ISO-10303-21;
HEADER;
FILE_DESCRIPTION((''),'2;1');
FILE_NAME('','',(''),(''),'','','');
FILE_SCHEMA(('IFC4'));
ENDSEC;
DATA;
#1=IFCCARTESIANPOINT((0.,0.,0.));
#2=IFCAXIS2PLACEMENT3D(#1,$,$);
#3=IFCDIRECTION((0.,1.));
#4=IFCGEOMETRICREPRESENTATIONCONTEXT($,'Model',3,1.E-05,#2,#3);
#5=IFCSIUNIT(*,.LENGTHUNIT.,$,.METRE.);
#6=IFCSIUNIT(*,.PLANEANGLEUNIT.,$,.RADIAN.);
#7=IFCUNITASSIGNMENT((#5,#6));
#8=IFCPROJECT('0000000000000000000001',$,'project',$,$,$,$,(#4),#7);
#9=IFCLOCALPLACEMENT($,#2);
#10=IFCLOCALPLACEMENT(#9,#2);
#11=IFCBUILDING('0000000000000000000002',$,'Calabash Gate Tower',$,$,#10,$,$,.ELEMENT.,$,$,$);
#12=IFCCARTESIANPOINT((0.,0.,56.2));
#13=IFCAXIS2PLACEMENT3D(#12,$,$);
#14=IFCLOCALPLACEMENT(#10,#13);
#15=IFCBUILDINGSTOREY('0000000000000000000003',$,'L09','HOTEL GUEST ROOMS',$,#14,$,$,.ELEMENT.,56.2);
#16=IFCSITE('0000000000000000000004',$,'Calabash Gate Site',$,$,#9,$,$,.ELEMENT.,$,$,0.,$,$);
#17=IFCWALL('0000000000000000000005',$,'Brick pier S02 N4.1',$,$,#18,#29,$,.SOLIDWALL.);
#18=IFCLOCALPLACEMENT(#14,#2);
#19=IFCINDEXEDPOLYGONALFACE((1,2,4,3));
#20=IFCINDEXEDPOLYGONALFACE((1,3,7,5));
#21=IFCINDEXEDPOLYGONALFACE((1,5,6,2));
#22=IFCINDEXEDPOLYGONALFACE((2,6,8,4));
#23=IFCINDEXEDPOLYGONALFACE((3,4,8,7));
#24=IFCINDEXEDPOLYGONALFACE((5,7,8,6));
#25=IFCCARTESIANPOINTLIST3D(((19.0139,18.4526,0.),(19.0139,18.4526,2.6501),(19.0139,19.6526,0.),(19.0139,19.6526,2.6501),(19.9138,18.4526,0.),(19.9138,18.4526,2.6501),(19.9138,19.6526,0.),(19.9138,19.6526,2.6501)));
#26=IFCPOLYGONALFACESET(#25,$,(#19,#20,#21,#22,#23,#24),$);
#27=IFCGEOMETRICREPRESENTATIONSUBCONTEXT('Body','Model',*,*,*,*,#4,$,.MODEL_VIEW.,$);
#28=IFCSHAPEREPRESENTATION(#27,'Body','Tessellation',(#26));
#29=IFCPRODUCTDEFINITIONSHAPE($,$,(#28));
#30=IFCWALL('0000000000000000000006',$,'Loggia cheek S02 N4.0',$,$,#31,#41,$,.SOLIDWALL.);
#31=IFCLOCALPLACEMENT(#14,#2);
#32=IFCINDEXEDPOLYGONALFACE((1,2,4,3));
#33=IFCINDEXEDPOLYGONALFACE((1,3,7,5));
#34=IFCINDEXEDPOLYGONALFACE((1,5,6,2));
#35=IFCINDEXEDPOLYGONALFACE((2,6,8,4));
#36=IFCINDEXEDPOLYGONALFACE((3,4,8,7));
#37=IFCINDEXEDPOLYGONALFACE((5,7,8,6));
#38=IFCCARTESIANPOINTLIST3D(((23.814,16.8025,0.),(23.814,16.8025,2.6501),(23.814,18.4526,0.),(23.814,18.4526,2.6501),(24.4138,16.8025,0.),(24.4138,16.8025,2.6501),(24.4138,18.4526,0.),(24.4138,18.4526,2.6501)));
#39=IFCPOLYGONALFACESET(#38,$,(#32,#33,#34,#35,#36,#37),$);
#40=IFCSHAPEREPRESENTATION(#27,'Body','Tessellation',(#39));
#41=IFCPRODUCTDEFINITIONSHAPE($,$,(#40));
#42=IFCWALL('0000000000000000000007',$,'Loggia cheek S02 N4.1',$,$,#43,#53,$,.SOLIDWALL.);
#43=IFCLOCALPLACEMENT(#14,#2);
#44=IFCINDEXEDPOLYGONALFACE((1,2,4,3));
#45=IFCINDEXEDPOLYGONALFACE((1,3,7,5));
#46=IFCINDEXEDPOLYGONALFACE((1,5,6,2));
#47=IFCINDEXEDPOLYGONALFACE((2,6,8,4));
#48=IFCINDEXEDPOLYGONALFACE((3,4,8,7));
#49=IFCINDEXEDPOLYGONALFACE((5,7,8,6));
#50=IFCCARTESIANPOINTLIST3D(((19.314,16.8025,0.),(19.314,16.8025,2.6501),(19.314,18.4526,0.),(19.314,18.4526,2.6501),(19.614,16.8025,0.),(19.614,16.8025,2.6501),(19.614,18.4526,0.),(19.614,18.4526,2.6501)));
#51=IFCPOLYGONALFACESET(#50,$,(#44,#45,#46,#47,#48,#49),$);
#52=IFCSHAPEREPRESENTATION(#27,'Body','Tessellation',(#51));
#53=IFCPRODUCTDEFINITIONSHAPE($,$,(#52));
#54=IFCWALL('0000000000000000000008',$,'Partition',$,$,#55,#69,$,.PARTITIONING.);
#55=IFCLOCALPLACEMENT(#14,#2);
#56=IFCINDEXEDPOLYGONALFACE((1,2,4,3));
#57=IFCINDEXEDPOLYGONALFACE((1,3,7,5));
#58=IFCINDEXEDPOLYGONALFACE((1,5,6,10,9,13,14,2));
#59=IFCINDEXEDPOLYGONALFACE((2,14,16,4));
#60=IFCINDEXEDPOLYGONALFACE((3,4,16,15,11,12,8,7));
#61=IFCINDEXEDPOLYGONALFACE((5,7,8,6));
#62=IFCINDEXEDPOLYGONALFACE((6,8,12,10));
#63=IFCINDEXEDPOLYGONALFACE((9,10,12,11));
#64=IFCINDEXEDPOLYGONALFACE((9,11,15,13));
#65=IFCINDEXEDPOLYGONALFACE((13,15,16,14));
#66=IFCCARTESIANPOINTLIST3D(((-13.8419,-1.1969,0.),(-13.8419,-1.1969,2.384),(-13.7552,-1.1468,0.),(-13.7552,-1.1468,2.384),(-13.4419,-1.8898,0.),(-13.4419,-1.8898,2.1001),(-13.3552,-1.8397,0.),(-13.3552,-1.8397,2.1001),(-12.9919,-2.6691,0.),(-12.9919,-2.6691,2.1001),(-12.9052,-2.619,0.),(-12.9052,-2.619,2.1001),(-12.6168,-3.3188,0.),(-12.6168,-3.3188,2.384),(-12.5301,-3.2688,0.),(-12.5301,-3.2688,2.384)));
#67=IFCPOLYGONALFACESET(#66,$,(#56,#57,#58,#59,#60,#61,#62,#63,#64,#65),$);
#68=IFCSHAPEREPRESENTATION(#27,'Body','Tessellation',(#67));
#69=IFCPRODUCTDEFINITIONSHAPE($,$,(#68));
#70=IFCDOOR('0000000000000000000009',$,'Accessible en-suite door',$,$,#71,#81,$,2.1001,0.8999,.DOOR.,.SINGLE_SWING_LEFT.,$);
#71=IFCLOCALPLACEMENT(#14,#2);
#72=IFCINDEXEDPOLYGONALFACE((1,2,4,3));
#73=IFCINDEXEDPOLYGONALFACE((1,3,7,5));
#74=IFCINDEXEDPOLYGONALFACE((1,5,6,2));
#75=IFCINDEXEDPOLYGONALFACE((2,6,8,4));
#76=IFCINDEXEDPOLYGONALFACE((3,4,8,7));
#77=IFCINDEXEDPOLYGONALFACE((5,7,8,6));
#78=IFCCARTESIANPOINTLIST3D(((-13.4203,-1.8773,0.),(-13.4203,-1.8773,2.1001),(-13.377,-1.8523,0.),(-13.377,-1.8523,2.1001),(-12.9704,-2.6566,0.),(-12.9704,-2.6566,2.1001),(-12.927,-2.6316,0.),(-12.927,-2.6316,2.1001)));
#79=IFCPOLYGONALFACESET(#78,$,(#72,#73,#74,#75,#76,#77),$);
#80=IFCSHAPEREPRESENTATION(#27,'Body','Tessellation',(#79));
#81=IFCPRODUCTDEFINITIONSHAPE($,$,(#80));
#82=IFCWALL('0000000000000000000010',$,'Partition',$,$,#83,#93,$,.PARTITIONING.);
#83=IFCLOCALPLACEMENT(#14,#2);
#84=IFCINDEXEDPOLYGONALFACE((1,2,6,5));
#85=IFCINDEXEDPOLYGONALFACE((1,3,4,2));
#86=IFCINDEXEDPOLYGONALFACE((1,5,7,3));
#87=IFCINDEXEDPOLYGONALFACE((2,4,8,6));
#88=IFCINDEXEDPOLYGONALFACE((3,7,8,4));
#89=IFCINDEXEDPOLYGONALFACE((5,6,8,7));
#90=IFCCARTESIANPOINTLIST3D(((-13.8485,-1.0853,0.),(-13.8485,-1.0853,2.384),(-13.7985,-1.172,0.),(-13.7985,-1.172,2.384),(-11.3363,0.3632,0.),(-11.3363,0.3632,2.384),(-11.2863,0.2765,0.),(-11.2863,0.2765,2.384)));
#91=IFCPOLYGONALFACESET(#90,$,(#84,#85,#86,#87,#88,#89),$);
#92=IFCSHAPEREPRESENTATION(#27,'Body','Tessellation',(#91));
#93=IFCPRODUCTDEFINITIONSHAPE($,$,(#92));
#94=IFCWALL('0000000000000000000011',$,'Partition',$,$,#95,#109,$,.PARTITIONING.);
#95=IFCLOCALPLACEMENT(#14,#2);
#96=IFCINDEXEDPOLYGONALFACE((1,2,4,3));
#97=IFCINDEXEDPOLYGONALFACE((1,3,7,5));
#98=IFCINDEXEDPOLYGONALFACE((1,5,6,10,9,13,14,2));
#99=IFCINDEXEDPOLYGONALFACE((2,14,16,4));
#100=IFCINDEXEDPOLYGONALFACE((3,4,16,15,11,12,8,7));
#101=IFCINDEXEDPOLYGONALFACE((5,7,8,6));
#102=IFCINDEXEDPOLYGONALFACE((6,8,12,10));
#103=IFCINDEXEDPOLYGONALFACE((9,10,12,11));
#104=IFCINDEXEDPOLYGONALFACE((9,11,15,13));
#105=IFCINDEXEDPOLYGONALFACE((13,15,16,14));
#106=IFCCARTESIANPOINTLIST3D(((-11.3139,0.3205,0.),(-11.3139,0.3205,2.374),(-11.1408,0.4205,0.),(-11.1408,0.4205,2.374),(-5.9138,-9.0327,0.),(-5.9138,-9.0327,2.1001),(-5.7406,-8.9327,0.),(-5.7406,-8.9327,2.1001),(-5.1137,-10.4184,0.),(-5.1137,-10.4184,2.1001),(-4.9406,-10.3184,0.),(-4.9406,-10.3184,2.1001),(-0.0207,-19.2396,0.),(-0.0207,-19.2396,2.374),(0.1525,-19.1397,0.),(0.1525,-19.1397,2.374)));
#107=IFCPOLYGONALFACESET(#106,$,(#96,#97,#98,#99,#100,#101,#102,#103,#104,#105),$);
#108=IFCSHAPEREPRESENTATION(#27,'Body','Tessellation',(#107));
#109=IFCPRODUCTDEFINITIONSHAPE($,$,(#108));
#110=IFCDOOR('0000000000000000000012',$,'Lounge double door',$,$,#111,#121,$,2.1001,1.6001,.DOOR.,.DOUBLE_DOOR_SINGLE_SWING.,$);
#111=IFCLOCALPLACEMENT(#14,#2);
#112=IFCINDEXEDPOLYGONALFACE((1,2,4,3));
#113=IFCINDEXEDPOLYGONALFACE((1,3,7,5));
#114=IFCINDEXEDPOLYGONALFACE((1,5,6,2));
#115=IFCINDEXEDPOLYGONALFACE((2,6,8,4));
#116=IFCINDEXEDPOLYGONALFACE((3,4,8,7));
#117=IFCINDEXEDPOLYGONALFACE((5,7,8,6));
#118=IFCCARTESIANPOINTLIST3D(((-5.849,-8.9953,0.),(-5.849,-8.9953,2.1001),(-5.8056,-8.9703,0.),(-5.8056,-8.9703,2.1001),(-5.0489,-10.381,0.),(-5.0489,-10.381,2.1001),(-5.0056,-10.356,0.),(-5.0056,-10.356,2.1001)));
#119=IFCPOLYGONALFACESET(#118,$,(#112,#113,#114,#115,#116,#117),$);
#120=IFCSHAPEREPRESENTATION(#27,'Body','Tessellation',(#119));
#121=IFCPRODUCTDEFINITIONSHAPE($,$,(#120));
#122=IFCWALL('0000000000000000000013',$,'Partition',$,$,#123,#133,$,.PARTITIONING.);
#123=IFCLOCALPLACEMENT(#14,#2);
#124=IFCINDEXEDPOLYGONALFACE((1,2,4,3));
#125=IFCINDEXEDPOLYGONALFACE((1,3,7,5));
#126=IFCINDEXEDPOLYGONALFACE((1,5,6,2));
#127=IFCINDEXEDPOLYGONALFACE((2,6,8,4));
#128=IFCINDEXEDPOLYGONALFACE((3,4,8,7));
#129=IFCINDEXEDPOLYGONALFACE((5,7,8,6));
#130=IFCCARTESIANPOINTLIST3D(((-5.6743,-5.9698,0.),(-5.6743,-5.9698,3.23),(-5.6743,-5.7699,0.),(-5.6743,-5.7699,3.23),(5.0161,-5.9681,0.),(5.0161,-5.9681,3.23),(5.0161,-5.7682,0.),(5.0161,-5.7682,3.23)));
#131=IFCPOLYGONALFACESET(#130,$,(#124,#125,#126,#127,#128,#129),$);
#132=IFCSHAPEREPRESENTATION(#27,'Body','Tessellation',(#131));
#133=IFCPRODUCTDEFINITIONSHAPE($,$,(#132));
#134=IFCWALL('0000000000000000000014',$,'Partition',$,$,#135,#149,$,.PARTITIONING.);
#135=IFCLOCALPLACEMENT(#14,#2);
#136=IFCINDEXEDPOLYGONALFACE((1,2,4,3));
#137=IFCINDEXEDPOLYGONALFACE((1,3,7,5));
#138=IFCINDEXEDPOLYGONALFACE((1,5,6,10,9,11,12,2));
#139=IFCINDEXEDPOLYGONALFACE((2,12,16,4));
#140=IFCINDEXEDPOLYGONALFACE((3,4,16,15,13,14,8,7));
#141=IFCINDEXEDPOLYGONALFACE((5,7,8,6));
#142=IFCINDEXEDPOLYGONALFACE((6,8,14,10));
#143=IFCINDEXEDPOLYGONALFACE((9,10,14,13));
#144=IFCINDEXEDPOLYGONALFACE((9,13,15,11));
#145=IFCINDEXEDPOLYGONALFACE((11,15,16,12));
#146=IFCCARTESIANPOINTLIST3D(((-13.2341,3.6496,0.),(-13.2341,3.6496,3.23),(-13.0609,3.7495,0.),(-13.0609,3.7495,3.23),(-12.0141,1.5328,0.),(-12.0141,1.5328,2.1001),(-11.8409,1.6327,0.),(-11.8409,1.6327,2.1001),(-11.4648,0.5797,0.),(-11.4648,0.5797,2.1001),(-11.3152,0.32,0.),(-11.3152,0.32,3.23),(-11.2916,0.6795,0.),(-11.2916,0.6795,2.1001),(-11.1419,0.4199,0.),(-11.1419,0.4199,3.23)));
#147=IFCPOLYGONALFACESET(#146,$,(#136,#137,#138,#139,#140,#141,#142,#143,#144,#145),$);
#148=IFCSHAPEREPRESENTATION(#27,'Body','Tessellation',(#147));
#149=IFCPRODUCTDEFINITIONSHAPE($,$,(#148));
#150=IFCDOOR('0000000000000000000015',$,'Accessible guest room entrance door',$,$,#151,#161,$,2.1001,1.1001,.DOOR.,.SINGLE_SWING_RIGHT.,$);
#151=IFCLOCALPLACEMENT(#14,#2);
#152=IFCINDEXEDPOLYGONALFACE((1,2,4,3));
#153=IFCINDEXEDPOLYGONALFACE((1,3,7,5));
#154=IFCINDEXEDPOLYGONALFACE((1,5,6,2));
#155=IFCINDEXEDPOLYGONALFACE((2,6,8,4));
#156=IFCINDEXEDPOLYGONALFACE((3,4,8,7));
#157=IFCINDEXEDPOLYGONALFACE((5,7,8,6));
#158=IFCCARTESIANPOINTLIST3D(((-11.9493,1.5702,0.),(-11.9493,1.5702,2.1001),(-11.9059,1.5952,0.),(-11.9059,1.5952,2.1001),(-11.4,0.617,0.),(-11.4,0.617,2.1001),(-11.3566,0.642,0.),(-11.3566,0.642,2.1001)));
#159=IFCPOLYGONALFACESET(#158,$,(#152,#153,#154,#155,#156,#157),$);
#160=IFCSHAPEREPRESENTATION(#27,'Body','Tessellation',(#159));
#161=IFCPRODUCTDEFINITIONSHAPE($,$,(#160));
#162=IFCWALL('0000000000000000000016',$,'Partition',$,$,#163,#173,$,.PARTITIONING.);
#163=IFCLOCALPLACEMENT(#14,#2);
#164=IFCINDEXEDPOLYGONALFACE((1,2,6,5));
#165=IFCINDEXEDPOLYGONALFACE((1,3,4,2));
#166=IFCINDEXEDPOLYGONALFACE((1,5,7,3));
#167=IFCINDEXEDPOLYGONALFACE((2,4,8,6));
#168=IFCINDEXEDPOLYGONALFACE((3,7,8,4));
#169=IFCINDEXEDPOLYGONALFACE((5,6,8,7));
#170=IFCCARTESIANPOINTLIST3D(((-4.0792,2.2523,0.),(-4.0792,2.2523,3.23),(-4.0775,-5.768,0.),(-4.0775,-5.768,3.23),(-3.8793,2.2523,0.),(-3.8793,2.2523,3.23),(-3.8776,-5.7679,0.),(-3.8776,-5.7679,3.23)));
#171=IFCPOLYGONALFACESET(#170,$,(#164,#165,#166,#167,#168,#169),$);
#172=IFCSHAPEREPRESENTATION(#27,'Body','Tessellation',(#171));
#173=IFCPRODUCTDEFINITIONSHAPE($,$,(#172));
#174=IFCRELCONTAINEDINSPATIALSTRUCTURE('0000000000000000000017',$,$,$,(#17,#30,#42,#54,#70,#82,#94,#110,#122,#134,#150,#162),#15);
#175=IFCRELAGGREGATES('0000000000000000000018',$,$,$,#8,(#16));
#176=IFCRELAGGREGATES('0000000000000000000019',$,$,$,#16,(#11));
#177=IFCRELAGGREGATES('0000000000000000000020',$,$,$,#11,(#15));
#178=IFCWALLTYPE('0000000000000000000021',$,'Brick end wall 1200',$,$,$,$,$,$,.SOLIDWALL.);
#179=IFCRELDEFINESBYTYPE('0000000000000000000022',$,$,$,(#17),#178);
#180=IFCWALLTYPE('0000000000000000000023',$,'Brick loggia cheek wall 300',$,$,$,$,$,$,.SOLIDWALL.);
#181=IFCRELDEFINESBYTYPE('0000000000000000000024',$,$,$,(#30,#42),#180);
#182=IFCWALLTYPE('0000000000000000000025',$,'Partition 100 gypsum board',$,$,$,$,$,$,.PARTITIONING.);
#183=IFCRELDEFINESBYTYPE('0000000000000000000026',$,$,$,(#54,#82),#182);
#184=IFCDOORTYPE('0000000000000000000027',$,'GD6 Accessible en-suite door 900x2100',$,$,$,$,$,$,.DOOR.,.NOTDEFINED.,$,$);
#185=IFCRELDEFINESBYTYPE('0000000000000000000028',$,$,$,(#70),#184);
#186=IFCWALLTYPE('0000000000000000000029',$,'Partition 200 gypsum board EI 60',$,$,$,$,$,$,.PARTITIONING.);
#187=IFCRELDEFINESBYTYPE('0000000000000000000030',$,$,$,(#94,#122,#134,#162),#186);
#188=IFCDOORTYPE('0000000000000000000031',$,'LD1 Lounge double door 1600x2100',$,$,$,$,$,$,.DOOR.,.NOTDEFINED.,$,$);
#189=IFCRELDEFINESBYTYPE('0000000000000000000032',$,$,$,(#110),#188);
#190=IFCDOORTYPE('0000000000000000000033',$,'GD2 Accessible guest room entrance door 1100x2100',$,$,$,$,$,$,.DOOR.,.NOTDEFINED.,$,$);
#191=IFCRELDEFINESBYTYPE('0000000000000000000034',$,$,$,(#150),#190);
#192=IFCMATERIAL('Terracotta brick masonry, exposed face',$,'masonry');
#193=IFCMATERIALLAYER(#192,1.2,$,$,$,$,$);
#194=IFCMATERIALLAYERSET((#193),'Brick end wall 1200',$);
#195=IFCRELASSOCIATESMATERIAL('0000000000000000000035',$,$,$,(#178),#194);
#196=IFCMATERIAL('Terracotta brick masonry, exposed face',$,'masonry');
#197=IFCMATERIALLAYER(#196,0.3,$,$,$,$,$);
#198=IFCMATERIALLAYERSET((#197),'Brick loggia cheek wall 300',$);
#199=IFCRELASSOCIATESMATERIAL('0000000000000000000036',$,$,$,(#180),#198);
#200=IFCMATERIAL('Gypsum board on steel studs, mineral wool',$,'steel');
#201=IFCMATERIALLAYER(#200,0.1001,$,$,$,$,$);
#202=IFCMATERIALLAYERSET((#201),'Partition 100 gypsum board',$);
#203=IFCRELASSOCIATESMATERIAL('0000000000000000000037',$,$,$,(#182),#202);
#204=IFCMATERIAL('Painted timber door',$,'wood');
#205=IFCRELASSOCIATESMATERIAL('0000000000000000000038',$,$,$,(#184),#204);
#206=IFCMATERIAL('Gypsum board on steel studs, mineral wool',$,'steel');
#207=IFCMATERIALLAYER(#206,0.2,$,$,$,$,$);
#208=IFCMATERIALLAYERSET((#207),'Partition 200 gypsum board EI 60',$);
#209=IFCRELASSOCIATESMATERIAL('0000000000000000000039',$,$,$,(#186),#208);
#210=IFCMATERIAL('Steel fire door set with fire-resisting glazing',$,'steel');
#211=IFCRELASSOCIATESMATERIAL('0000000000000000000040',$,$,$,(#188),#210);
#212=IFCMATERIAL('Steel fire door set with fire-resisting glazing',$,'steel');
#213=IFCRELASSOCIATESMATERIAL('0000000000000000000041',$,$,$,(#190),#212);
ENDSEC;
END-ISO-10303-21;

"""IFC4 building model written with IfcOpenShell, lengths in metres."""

from ifc_helpers import new_model, si_unit, direction, frame, frame_2d, origin, place, context, subcontext, project, spatial, polyline, rectangle, outline, extrude, material, layer, layer_set, type_object, element, fill, save


model = new_model("IFC4")

# Units and contexts
model_context = context("Model", 3, precision=1e-05, world=origin(), true_north=direction((0.0, 1.0)))
body_context = subcontext(model_context, "Body", "Model", "MODEL_VIEW")
ifc_project = project(units=[si_unit("LENGTHUNIT", "METRE"), si_unit("PLANEANGLEUNIT", "RADIAN")], contexts=[model_context])

# Site, building, storey
site_placement = place(None, origin())
site = spatial("IfcSite", under=ifc_project, at=site_placement, Name="Calabash Gate Site", CompositionType="ELEMENT", RefElevation=0.0)
building_placement = place(site_placement, origin())
building = spatial("IfcBuilding", under=site, at=building_placement, Name="Calabash Gate Tower", CompositionType="ELEMENT")
storey_placement = place(building_placement, frame((0.0, 0.0, 56.2)))
storey = spatial("IfcBuildingStorey", under=building, at=storey_placement, Name="L09", Description="HOTEL GUEST ROOMS", CompositionType="ELEMENT", Elevation=56.2)

# Walls
ifc_material_1 = material(Name="Terracotta brick masonry, exposed face", Category="masonry")
ifc_layer_1 = layer(ifc_material_1, 1.2)
ifc_layer_set_1 = layer_set([ifc_layer_1], Name="Brick end wall 1200")
wall_type_1 = type_object("IfcWallType", Name="Brick end wall 1200", PredefinedType="SOLIDWALL", material=ifc_layer_set_1)
wall_1_placement = place(storey_placement, origin())
element("IfcWall", 1, at=wall_1_placement, inside=storey, type_object=wall_type_1, Name="Brick pier S02 N4.1", PredefinedType="SOLIDWALL", context=body_context, shape_type="SweptSolid", body=[
    extrude(outline(polyline([(19.9138, 19.6526), (19.0139, 19.6526), (19.0139, 18.4526), (19.9138, 18.4526), (19.9138, 19.6526)])), origin(), (0.0, 0.0, 1.0), 2.6501),
])
ifc_material_2 = material(Name="Terracotta brick masonry, exposed face", Category="masonry")
ifc_layer_2 = layer(ifc_material_2, 0.3)
ifc_layer_set_2 = layer_set([ifc_layer_2], Name="Brick loggia cheek wall 300")
wall_type_2 = type_object("IfcWallType", Name="Brick loggia cheek wall 300", PredefinedType="SOLIDWALL", material=ifc_layer_set_2)
wall_2_placement = place(storey_placement, origin())
element("IfcWall", 2, at=wall_2_placement, inside=storey, type_object=wall_type_2, Name="Loggia cheek S02 N4.0", PredefinedType="SOLIDWALL", context=body_context, shape_type="SweptSolid", body=[
    extrude(outline(polyline([(24.4138, 16.8025), (24.4138, 18.4526), (23.814, 18.4526), (23.814, 16.8025), (24.4138, 16.8025)])), origin(), (0.0, 0.0, 1.0), 2.6501),
])
wall_3_placement = place(storey_placement, origin())
element("IfcWall", 3, at=wall_3_placement, inside=storey, type_object=wall_type_2, Name="Loggia cheek S02 N4.1", PredefinedType="SOLIDWALL", context=body_context, shape_type="SweptSolid", body=[
    extrude(outline(polyline([(19.314, 18.4526), (19.314, 16.8025), (19.614, 16.8025), (19.614, 18.4526), (19.314, 18.4526)])), origin(), (0.0, 0.0, 1.0), 2.6501),
])

# Wall, opening, door
ifc_material_3 = material(Name="Gypsum board on steel studs, mineral wool", Category="steel")
ifc_layer_3 = layer(ifc_material_3, 0.1001)
ifc_layer_set_3 = layer_set([ifc_layer_3], Name="Partition 100 gypsum board")
wall_type_3 = type_object("IfcWallType", Name="Partition 100 gypsum board", PredefinedType="PARTITIONING", material=ifc_layer_set_3)
wall_4_placement = place(storey_placement, frame((-13.7986, -1.1719, 0.0), z_axis=(0.0, 0.0, 1.0), x_axis=(0.500019, -0.866015, 0.0)))
wall_4 = element("IfcWall", 4, at=wall_4_placement, inside=storey, type_object=wall_type_3, Name="Partition", PredefinedType="PARTITIONING", context=body_context, shape_type="SweptSolid", body=[
    extrude(rectangle(XDim=2.4502, YDim=0.1001, at=frame_2d((1.2251, 0.0))), origin(), (0.0, 0.0, 1.0), 2.384),
])
opening_1_placement = place(wall_4_placement, frame((0.8, 0.0, 0.0)))
opening_1 = element("IfcOpeningElement", 5, at=opening_1_placement, cuts=wall_4, PredefinedType="OPENING", context=body_context, shape_type="SweptSolid", body=[
    extrude(rectangle(XDim=0.8999, YDim=2.1001, at=frame_2d((0.45, 1.05))), frame((0.0, 0.0601, 0.0), z_axis=(0.0, -1.0, 0.0), x_axis=(1.0, 0.0, 0.0)), (0.0, 0.0, 1.0), 0.1201),
])
ifc_material_4 = material(Name="Painted timber door", Category="wood")
door_type_1 = type_object("IfcDoorType", Name="GD6 Accessible en-suite door 900x2100", OperationType="NOTDEFINED", PredefinedType="DOOR", material=ifc_material_4)
door_1_placement = place(opening_1_placement, origin())
door_1 = element("IfcDoor", 6, at=door_1_placement, inside=storey, type_object=door_type_1, Name="Accessible en-suite door", OperationType="SINGLE_SWING_LEFT", OverallHeight=2.1001, OverallWidth=0.8999, PredefinedType="DOOR", context=body_context, shape_type="SweptSolid", body=[
    extrude(rectangle(XDim=0.8999, YDim=2.1001, at=frame_2d((0.45, 1.05))), frame((0.0, 0.0249, 0.0), z_axis=(0.0, -1.0, 0.0), x_axis=(1.0, 0.0, 0.0)), (0.0, 0.0, 1.0), 0.05),
])
fill(opening_1, door_1)

# Wall
wall_5_placement = place(storey_placement, frame((-13.8235, -1.1287, 0.0), z_axis=(0.0, 0.0, 1.0), x_axis=(0.866315, 0.499499, 0.0)))
element("IfcWall", 7, at=wall_5_placement, inside=storey, type_object=wall_type_3, Name="Partition", PredefinedType="PARTITIONING", context=body_context, shape_type="SweptSolid", body=[
    extrude(rectangle(XDim=2.8999, YDim=0.1001, at=frame_2d((1.45, 0.0))), origin(), (0.0, 0.0, 1.0), 2.384),
])

# Wall, opening, door
ifc_material_5 = material(Name="Gypsum board on steel studs, mineral wool", Category="steel")
ifc_layer_4 = layer(ifc_material_5, 0.2)
ifc_layer_set_4 = layer_set([ifc_layer_4], Name="Partition 200 gypsum board EI 60")
wall_type_4 = type_object("IfcWallType", Name="Partition 200 gypsum board EI 60", PredefinedType="PARTITIONING", material=ifc_layer_set_4)
wall_6_placement = place(storey_placement, frame((-11.2273, 0.3704, 0.0), z_axis=(0.0, 0.0, 1.0), x_axis=(0.500007, -0.866021, 0.0)))
wall_6 = element("IfcWall", 8, at=wall_6_placement, inside=storey, type_object=wall_type_4, Name="Partition", PredefinedType="PARTITIONING", context=body_context, shape_type="SweptSolid", body=[
    extrude(rectangle(XDim=22.5862, YDim=0.2, at=frame_2d((11.293, 0.0))), origin(), (0.0, 0.0, 1.0), 2.374),
])
opening_2_placement = place(wall_6_placement, frame((10.8, 0.0, 0.0)))
opening_2 = element("IfcOpeningElement", 9, at=opening_2_placement, cuts=wall_6, PredefinedType="OPENING", context=body_context, shape_type="SweptSolid", body=[
    extrude(rectangle(XDim=1.6001, YDim=2.1001, at=frame_2d((0.8, 1.05))), frame((0.0, 0.1099, 0.0), z_axis=(0.0, -1.0, 0.0), x_axis=(1.0, 0.0, 0.0)), (0.0, 0.0, 1.0), 0.22),
])
ifc_material_6 = material(Name="Steel fire door set with fire-resisting glazing", Category="steel")
door_type_2 = type_object("IfcDoorType", Name="LD1 Lounge double door 1600x2100", OperationType="NOTDEFINED", PredefinedType="DOOR", material=ifc_material_6)
door_2_placement = place(opening_2_placement, origin())
door_2 = element("IfcDoor", 10, at=door_2_placement, inside=storey, type_object=door_type_2, Name="Lounge double door", OperationType="DOUBLE_DOOR_SINGLE_SWING", OverallHeight=2.1001, OverallWidth=1.6001, PredefinedType="DOOR", context=body_context, shape_type="SweptSolid", body=[
    extrude(rectangle(XDim=1.6001, YDim=2.1001, at=frame_2d((0.8, 1.05))), frame((0.0, 0.0249, 0.0), z_axis=(0.0, -1.0, 0.0), x_axis=(1.0, 0.0, 0.0)), (0.0, 0.0, 1.0), 0.05),
])
fill(opening_2, door_2)

# Wall
wall_7_placement = place(storey_placement, frame((-5.6743, -5.8699, 0.0), z_axis=(0.0, 0.0, 1.0), x_axis=(1.0, 0.00016, 0.0)))
element("IfcWall", 11, at=wall_7_placement, inside=storey, type_object=wall_type_4, Name="Partition", PredefinedType="PARTITIONING", context=body_context, shape_type="SweptSolid", body=[
    extrude(rectangle(XDim=10.6904, YDim=0.2, at=frame_2d((5.3452, 0.0))), origin(), (0.0, 0.0, 1.0), 3.23),
])

# Wall, opening, door
wall_8_placement = place(storey_placement, frame((-13.1475, 3.6995, 0.0), z_axis=(0.0, 0.0, 1.0), x_axis=(0.499337, -0.866408, 0.0)))
wall_8 = element("IfcWall", 12, at=wall_8_placement, inside=storey, type_object=wall_type_4, Name="Partition", PredefinedType="PARTITIONING", context=body_context, shape_type="SweptSolid", body=[
    extrude(rectangle(XDim=3.843, YDim=0.2, at=frame_2d((1.9214, 0.0))), origin(), (0.0, 0.0, 1.0), 3.23),
])
opening_3_placement = place(wall_8_placement, frame((2.4431, 0.0, 0.0)))
opening_3 = element("IfcOpeningElement", 13, at=opening_3_placement, cuts=wall_8, PredefinedType="OPENING", context=body_context, shape_type="SweptSolid", body=[
    extrude(rectangle(XDim=1.1001, YDim=2.1001, at=frame_2d((0.55, 1.05))), frame((0.0, 0.1099, 0.0), z_axis=(0.0, -1.0, 0.0), x_axis=(1.0, 0.0, 0.0)), (0.0, 0.0, 1.0), 0.22),
])
ifc_material_7 = material(Name="Steel fire door set with fire-resisting glazing", Category="steel")
door_type_3 = type_object("IfcDoorType", Name="GD2 Accessible guest room entrance door 1100x2100", OperationType="NOTDEFINED", PredefinedType="DOOR", material=ifc_material_7)
door_3_placement = place(opening_3_placement, origin())
door_3 = element("IfcDoor", 14, at=door_3_placement, inside=storey, type_object=door_type_3, Name="Accessible guest room entrance door", OperationType="SINGLE_SWING_RIGHT", OverallHeight=2.1001, OverallWidth=1.1001, PredefinedType="DOOR", context=body_context, shape_type="SweptSolid", body=[
    extrude(rectangle(XDim=1.1001, YDim=2.1001, at=frame_2d((0.55, 1.05))), frame((0.0, 0.0249, 0.0), z_axis=(0.0, -1.0, 0.0), x_axis=(1.0, 0.0, 0.0)), (0.0, 0.0, 1.0), 0.05),
])
fill(opening_3, door_3)

# Wall
wall_9_placement = place(storey_placement, frame((-3.9792, 2.2524, 0.0), z_axis=(0.0, 0.0, 1.0), x_axis=(0.000213, -1.0, 0.0)))
element("IfcWall", 15, at=wall_9_placement, inside=storey, type_object=wall_type_4, Name="Partition", PredefinedType="PARTITIONING", context=body_context, shape_type="SweptSolid", body=[
    extrude(rectangle(XDim=8.0203, YDim=0.2, at=frame_2d((4.0103, 0.0))), origin(), (0.0, 0.0, 1.0), 3.23),
])

save(model, "model.ifc")
